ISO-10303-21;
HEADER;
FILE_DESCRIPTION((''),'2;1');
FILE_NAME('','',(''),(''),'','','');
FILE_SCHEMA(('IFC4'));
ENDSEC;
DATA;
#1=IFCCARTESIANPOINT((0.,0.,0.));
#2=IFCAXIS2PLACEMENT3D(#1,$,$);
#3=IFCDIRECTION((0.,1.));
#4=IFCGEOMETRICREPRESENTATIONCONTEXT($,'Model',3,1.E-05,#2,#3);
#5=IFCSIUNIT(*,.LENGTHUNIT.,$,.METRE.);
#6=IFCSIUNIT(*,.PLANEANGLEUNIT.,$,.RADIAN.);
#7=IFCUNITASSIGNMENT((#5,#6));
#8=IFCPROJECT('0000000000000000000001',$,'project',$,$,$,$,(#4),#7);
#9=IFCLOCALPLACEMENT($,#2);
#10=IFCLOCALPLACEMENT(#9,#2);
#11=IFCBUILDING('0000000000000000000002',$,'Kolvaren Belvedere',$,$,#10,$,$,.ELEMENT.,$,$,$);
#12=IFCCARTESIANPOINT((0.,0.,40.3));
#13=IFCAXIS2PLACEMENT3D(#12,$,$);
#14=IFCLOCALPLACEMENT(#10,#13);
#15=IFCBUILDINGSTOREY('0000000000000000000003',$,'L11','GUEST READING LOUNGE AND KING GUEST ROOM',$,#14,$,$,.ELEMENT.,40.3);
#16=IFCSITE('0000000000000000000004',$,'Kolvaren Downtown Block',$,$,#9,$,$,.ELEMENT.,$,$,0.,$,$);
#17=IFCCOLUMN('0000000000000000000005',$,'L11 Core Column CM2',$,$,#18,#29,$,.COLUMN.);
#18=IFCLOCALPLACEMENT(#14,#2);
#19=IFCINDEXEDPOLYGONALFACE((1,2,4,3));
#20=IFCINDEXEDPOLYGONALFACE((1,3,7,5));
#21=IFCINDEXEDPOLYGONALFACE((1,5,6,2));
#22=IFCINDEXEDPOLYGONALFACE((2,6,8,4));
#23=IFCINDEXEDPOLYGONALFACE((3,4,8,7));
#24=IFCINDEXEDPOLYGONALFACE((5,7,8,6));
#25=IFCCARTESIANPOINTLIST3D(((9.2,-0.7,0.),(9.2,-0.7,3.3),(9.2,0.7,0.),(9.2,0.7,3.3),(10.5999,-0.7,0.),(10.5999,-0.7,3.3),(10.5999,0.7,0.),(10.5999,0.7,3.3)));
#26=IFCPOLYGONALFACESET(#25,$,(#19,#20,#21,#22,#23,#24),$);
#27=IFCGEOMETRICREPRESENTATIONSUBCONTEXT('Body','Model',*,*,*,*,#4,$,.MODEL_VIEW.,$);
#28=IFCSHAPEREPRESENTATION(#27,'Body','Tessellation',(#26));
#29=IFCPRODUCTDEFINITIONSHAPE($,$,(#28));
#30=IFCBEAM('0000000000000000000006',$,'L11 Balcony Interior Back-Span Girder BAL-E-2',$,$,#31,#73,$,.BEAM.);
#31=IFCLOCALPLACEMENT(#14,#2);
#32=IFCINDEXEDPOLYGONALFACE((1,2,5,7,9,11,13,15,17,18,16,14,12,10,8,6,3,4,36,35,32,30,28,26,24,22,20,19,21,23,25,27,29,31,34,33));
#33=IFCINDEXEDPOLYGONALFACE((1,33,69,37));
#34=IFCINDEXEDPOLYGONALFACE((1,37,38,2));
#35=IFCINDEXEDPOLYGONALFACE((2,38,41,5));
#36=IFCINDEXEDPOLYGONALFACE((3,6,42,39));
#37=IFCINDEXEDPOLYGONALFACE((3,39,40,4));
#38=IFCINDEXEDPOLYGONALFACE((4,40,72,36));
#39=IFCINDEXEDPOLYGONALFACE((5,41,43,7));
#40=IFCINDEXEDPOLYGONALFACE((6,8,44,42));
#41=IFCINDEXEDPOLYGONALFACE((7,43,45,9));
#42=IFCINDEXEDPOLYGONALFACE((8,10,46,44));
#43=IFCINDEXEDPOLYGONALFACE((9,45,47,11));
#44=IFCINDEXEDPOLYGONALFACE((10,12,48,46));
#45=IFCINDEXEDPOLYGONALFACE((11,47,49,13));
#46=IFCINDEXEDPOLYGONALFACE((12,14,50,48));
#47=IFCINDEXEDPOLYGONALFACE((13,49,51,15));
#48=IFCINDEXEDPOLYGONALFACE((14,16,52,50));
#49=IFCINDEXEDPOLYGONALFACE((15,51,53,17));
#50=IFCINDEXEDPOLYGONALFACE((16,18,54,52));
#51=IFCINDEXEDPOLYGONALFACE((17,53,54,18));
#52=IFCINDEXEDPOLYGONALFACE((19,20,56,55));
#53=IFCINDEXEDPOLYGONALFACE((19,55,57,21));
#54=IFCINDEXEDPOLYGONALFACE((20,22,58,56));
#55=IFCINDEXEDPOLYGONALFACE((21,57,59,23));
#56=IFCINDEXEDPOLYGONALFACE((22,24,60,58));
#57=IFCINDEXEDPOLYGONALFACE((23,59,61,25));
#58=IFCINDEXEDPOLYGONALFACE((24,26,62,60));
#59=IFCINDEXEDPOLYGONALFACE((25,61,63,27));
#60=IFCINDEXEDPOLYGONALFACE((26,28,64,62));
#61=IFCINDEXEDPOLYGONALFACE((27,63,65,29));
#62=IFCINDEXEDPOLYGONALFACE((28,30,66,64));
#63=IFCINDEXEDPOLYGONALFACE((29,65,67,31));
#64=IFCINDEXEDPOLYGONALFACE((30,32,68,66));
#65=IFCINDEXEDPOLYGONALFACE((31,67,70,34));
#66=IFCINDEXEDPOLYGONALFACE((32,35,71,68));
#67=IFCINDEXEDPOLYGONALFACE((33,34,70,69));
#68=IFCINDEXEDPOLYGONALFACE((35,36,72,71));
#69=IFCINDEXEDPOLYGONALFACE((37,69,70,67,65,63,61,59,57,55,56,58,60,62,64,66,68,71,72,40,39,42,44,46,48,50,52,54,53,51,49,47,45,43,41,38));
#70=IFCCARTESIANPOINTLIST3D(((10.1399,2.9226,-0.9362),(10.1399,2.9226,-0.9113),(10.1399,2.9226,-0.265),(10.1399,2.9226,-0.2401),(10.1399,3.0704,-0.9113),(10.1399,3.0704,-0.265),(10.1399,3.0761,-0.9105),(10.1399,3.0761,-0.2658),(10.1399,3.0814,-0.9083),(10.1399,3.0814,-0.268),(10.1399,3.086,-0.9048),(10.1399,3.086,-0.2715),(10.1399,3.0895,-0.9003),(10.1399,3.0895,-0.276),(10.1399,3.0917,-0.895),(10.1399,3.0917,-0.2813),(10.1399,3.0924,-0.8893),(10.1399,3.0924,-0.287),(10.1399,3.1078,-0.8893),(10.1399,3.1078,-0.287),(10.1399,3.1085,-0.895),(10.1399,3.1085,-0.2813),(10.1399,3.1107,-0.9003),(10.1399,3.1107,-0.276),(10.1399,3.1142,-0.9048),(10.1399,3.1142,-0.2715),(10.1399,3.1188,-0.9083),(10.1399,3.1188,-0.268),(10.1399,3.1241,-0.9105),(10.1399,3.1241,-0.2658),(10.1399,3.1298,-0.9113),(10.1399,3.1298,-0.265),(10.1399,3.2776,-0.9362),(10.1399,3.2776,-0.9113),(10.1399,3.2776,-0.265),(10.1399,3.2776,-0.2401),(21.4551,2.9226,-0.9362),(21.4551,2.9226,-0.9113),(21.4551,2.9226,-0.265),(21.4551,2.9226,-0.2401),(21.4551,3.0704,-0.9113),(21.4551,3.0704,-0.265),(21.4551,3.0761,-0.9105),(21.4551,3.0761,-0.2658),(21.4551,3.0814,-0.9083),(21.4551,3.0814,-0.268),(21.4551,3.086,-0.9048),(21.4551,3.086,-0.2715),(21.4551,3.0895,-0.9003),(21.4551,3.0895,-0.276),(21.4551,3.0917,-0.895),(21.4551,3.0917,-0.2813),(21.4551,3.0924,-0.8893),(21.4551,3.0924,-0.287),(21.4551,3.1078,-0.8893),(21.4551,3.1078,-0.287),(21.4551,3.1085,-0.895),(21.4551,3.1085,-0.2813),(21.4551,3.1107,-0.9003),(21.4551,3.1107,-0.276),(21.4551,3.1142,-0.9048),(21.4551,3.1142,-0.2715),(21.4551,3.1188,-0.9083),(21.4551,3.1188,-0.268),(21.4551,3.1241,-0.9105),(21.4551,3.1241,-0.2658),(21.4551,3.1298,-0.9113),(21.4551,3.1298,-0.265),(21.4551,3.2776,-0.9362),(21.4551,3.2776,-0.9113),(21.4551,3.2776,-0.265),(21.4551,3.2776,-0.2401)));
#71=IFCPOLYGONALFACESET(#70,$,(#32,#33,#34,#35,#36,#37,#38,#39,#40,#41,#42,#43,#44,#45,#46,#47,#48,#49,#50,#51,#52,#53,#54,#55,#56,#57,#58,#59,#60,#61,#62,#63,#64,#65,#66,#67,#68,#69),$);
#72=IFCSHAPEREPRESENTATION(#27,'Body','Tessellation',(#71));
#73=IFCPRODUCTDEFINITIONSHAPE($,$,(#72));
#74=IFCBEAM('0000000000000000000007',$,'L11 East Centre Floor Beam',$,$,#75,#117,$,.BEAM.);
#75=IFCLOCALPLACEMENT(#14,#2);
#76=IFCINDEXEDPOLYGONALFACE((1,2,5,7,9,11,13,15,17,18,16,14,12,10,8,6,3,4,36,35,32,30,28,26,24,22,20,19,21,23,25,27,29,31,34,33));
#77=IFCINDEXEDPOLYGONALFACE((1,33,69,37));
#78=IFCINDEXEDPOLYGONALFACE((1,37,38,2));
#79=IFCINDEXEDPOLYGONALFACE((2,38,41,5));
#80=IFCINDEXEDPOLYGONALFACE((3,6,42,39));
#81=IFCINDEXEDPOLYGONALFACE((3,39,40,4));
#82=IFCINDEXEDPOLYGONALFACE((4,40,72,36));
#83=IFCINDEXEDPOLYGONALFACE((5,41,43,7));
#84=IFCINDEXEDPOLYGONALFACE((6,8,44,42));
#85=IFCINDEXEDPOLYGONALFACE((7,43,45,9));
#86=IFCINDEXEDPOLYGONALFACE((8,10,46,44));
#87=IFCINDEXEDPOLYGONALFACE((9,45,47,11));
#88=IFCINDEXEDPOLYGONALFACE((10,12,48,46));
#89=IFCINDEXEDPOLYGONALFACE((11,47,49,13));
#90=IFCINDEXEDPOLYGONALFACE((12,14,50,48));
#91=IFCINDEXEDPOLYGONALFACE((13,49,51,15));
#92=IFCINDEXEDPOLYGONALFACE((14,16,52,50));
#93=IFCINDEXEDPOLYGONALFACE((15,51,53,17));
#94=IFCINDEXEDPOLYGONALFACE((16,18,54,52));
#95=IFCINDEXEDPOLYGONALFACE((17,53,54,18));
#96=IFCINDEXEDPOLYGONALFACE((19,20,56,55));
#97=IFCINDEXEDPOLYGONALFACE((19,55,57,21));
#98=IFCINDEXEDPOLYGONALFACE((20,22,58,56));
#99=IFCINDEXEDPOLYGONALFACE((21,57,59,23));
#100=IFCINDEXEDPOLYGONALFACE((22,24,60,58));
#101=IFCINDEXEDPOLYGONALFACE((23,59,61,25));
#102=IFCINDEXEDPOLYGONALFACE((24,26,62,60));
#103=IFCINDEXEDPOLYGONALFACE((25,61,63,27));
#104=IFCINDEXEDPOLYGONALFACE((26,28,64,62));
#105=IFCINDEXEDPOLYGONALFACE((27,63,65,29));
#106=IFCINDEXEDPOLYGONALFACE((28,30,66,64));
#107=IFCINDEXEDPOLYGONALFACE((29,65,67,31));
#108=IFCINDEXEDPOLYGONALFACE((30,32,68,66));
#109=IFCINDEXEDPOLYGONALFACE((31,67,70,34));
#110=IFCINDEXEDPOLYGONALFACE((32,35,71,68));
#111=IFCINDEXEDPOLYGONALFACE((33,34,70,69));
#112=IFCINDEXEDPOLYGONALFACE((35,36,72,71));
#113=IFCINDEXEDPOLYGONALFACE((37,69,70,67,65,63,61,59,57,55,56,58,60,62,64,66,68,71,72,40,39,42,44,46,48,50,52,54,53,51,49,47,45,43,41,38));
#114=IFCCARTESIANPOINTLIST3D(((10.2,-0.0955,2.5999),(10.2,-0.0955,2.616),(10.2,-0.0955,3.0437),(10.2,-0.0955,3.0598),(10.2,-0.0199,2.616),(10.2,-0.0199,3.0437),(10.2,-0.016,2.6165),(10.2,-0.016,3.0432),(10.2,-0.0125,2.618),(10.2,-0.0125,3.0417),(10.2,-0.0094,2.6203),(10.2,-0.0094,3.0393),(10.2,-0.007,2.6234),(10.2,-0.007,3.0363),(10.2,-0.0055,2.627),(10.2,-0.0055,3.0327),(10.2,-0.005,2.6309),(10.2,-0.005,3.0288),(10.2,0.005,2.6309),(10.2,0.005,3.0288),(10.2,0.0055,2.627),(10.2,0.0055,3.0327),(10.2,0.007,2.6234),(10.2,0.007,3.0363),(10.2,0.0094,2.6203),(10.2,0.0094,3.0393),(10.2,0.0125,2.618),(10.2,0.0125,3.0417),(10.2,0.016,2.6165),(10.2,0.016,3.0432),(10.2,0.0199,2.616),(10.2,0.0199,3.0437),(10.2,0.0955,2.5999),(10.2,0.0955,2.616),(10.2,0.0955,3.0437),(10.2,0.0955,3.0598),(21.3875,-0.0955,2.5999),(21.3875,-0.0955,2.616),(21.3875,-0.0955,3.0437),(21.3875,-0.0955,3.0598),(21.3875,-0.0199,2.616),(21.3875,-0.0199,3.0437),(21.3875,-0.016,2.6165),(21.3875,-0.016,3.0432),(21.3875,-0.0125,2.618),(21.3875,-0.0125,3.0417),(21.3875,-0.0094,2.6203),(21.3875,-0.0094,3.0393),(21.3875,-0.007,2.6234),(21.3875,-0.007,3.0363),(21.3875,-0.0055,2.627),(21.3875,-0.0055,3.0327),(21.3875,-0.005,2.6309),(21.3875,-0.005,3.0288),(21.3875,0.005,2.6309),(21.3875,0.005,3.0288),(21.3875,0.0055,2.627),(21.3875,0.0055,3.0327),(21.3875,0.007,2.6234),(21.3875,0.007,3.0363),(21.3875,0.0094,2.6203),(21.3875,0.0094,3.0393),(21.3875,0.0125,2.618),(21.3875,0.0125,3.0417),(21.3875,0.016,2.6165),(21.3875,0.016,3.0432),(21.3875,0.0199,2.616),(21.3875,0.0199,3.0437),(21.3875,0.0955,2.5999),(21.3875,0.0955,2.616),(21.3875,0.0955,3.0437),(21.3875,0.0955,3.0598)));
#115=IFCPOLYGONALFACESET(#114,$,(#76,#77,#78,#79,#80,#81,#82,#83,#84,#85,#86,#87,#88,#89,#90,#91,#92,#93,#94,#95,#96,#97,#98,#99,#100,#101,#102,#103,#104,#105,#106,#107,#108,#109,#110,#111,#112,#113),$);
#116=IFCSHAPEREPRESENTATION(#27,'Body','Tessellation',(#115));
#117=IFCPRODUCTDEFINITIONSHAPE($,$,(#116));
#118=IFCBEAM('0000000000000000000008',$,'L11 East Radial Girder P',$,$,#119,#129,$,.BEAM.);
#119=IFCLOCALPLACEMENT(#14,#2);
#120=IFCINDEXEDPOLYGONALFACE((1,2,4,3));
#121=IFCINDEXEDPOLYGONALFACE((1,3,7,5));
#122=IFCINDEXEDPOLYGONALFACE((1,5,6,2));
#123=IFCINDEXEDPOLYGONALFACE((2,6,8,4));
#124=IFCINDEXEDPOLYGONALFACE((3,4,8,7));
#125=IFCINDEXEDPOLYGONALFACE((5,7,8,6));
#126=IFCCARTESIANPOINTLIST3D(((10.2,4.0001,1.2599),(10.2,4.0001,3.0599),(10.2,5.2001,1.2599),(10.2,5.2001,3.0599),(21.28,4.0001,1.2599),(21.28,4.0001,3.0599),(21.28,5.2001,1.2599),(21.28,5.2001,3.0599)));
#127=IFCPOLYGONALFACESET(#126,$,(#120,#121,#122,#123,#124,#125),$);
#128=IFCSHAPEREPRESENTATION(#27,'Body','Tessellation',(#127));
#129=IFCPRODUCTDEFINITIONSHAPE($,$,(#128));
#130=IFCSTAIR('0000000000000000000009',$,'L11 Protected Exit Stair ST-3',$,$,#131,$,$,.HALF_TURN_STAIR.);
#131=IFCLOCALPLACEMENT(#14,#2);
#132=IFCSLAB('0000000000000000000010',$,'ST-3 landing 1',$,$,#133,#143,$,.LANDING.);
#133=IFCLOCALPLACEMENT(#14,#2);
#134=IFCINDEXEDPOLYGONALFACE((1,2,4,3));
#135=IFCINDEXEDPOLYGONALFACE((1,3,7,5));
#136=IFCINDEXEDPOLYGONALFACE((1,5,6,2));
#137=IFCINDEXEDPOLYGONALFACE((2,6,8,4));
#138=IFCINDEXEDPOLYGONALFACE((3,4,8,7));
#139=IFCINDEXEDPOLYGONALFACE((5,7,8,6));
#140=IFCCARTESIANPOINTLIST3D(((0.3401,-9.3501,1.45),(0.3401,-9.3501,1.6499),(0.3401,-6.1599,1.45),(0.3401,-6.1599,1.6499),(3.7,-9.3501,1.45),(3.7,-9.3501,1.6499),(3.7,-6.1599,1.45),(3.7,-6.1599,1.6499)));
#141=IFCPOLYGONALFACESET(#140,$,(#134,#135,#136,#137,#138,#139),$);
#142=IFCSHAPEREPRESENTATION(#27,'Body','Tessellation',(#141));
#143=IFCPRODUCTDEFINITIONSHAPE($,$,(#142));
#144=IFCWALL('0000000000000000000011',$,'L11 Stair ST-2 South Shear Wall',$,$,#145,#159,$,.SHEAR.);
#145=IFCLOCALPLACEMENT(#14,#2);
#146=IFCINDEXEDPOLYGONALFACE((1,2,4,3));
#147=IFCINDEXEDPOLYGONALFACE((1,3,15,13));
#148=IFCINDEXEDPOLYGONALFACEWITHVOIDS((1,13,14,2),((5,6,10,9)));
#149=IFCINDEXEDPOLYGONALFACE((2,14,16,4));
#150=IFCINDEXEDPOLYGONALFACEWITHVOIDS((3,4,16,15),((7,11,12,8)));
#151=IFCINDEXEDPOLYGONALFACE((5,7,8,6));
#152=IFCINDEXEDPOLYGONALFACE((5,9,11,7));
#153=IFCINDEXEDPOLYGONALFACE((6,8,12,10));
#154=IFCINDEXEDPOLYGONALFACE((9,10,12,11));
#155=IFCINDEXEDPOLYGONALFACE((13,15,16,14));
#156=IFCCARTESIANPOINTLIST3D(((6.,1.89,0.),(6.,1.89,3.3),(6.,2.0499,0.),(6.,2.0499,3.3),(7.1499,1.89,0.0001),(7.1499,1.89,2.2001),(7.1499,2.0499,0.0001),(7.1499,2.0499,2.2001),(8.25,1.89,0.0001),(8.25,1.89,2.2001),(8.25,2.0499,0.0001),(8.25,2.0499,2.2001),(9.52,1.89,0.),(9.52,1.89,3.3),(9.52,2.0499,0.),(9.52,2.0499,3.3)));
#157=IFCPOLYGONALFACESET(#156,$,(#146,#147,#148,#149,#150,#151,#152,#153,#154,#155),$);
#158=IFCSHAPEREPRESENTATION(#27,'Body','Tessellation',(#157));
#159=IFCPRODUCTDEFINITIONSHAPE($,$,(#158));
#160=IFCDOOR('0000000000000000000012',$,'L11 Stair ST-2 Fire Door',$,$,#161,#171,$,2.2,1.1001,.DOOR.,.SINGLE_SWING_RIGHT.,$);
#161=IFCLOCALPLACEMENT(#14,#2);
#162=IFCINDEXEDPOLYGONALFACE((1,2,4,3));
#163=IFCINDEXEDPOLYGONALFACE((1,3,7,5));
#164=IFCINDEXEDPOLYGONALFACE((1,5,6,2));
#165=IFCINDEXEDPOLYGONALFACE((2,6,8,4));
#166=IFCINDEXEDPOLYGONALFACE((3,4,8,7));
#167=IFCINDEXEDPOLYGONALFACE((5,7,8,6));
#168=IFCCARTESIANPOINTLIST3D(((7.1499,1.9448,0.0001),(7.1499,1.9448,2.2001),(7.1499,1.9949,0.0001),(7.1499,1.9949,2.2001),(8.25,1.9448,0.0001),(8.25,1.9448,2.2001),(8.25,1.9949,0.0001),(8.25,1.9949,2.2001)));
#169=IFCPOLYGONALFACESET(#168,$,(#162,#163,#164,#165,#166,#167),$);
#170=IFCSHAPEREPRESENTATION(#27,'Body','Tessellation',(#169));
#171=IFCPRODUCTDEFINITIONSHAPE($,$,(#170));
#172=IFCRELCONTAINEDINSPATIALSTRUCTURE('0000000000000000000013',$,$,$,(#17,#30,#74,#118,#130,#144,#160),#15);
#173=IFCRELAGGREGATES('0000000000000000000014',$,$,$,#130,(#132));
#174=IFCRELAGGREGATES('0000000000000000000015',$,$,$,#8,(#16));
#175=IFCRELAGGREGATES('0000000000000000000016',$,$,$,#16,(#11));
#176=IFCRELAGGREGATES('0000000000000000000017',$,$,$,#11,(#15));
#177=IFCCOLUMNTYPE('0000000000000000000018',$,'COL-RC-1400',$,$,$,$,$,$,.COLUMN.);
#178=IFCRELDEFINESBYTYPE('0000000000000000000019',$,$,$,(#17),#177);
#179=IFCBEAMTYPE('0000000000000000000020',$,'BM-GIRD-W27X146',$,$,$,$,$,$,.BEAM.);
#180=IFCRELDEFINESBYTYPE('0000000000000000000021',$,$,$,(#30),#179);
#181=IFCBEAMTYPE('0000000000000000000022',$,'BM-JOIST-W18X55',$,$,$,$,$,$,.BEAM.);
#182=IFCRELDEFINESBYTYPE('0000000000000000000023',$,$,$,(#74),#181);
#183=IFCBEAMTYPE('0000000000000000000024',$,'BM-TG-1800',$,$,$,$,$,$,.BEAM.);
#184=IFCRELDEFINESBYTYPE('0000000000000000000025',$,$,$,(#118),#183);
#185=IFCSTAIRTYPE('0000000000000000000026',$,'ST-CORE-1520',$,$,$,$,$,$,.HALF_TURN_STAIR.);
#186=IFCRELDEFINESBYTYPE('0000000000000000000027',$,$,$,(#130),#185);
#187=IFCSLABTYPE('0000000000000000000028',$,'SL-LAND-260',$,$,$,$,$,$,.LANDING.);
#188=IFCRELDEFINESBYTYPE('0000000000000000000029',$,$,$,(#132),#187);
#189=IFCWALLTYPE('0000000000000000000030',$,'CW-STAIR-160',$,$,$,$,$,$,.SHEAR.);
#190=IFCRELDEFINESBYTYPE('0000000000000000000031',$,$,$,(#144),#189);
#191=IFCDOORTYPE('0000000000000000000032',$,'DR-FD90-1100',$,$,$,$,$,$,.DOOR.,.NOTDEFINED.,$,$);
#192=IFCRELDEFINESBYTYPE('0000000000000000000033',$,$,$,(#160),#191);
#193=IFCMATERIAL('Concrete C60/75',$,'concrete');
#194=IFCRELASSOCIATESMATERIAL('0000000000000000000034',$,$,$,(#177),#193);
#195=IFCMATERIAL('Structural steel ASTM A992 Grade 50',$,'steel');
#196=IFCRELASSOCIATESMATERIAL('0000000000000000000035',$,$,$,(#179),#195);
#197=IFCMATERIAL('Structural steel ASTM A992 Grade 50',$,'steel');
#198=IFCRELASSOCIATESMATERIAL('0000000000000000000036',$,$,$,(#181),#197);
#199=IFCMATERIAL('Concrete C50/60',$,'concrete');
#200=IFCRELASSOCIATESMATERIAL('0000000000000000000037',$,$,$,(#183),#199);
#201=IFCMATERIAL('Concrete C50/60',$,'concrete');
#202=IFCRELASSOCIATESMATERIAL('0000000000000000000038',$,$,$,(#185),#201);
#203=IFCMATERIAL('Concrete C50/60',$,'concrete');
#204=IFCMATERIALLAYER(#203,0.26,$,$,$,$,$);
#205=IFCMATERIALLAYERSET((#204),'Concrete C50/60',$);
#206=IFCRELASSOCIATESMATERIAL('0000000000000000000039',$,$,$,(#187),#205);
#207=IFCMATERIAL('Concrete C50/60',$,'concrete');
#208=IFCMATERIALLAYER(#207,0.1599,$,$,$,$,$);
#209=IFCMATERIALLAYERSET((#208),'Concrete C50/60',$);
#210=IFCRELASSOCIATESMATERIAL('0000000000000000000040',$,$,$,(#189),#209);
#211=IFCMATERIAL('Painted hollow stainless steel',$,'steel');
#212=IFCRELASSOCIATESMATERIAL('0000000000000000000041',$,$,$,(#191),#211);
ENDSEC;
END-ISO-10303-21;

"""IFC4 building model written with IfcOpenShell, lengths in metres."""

from ifc_helpers import new_model, si_unit, direction, frame, frame_2d, origin, origin_2d, place, context, subcontext, project, spatial, polyline, rectangle, i_section, outline, extrude, material, layer, layer_set, material_profile, profile_set, type_object, element, fill, aggregate, save


model = new_model("IFC4")

# Units and contexts
model_context = context("Model", 3, precision=1e-05, world=origin(), true_north=direction((0.0, 1.0)))
body_context = subcontext(model_context, "Body", "Model", "MODEL_VIEW")
ifc_project = project(units=[si_unit("LENGTHUNIT", "METRE"), si_unit("PLANEANGLEUNIT", "RADIAN")], contexts=[model_context])

# Site, building, storey
site_placement = place(None, origin())
site = spatial("IfcSite", under=ifc_project, at=site_placement, Name="Kolvaren Downtown Block", CompositionType="ELEMENT", RefElevation=0.0)
building_placement = place(site_placement, origin())
building = spatial("IfcBuilding", under=site, at=building_placement, Name="Kolvaren Belvedere", CompositionType="ELEMENT")
storey_placement = place(building_placement, frame((0.0, 0.0, 40.3)))
storey = spatial("IfcBuildingStorey", under=building, at=storey_placement, Name="L11", Description="GUEST READING LOUNGE AND KING GUEST ROOM", CompositionType="ELEMENT", Elevation=40.3)

# Column
ifc_material_1 = material(Name="Concrete C60/75", Category="concrete")
ifc_material_profile_1 = material_profile(ifc_material_1, rectangle(XDim=1.3999, YDim=1.3999, at=origin_2d()), Name="RC 1400X1400")
ifc_profile_set_1 = profile_set([ifc_material_profile_1], Name="Concrete C60/75")
column_type = type_object("IfcColumnType", Name="COL-RC-1400", PredefinedType="COLUMN", material=ifc_profile_set_1)
column_placement = place(storey_placement, frame((9.8999, 0.0, 0.0), z_axis=(0.0, 0.0, 1.0), x_axis=(1.0, 0.0, 0.0)))
element("IfcColumn", 1, at=column_placement, inside=storey, type_object=column_type, Name="L11 Core Column CM2", PredefinedType="COLUMN", context=body_context, shape_type="SweptSolid", body=[
    extrude(rectangle(XDim=1.3999, YDim=1.3999, at=origin_2d()), origin(), (0.0, 0.0, 1.0), 3.3),
])

# Beams
ifc_material_2 = material(Name="Structural steel ASTM A992 Grade 50", Category="steel")
ifc_material_profile_2 = material_profile(ifc_material_2, i_section(OverallWidth=0.355, OverallDepth=0.696, WebThickness=0.0154, FlangeThickness=0.0249, FilletRadius=0.022, at=origin_2d()), Name="W27X146")
ifc_profile_set_2 = profile_set([ifc_material_profile_2], Name="Structural steel ASTM A992 Grade 50")
beam_type_1 = type_object("IfcBeamType", Name="BM-GIRD-W27X146", PredefinedType="BEAM", material=ifc_profile_set_2)
beam_1_placement = place(storey_placement, frame((10.1399, 3.1001, -0.5881), z_axis=(1.0, 0.0, 0.0), x_axis=(0.0, 1.0, 0.0)))
element("IfcBeam", 2, at=beam_1_placement, inside=storey, type_object=beam_type_1, Name="L11 Balcony Interior Back-Span Girder BAL-E-2", PredefinedType="BEAM", context=body_context, shape_type="SweptSolid", body=[
    extrude(i_section(OverallWidth=0.355, OverallDepth=0.696, WebThickness=0.0154, FlangeThickness=0.0249, FilletRadius=0.022, at=origin_2d()), origin(), (0.0, 0.0, 1.0), 11.3152),
])
ifc_material_3 = material(Name="Structural steel ASTM A992 Grade 50", Category="steel")
ifc_material_profile_3 = material_profile(ifc_material_3, i_section(OverallWidth=0.1909, OverallDepth=0.46, WebThickness=0.01, FlangeThickness=0.0161, FilletRadius=0.0149, at=origin_2d()), Name="W18X55")
ifc_profile_set_3 = profile_set([ifc_material_profile_3], Name="Structural steel ASTM A992 Grade 50")
beam_type_2 = type_object("IfcBeamType", Name="BM-JOIST-W18X55", PredefinedType="BEAM", material=ifc_profile_set_3)
beam_2_placement = place(storey_placement, frame((10.2, 0.0, 2.8298), z_axis=(1.0, 0.0, 0.0), x_axis=(0.0, 1.0, 0.0)))
element("IfcBeam", 3, at=beam_2_placement, inside=storey, type_object=beam_type_2, Name="L11 East Centre Floor Beam", PredefinedType="BEAM", context=body_context, shape_type="SweptSolid", body=[
    extrude(i_section(OverallWidth=0.1909, OverallDepth=0.46, WebThickness=0.01, FlangeThickness=0.0161, FilletRadius=0.0149, at=origin_2d()), origin(), (0.0, 0.0, 1.0), 11.1875),
])
ifc_material_4 = material(Name="Concrete C50/60", Category="concrete")
ifc_material_profile_4 = material_profile(ifc_material_4, rectangle(XDim=1.2, YDim=1.8, at=origin_2d()), Name="RC 1200X1800")
ifc_profile_set_4 = profile_set([ifc_material_profile_4], Name="Concrete C50/60")
beam_type_3 = type_object("IfcBeamType", Name="BM-TG-1800", PredefinedType="BEAM", material=ifc_profile_set_4)
beam_3_placement = place(storey_placement, frame((10.2, 4.6001, 2.1599), z_axis=(1.0, 0.0, 0.0), x_axis=(0.0, 1.0, 0.0)))
element("IfcBeam", 4, at=beam_3_placement, inside=storey, type_object=beam_type_3, Name="L11 East Radial Girder P", PredefinedType="BEAM", context=body_context, shape_type="SweptSolid", body=[
    extrude(rectangle(XDim=1.2, YDim=1.8, at=origin_2d()), origin(), (0.0, 0.0, 1.0), 11.0801),
])

# Stair, slab
ifc_material_5 = material(Name="Concrete C50/60", Category="concrete")
stair_type = type_object("IfcStairType", Name="ST-CORE-1520", PredefinedType="HALF_TURN_STAIR", material=ifc_material_5)
stair_1_placement = place(storey_placement, origin())
stair_1 = element("IfcStair", 5, at=stair_1_placement, inside=storey, type_object=stair_type, Name="L11 Protected Exit Stair ST-3", PredefinedType="HALF_TURN_STAIR")
ifc_material_6 = material(Name="Concrete C50/60", Category="concrete")
ifc_layer_1 = layer(ifc_material_6, 0.26)
ifc_layer_set_1 = layer_set([ifc_layer_1], Name="Concrete C50/60")
slab_type = type_object("IfcSlabType", Name="SL-LAND-260", PredefinedType="LANDING", material=ifc_layer_set_1)
slab_placement = place(storey_placement, frame((0.0, 0.0, 1.45)))
slab = element("IfcSlab", 6, at=slab_placement, type_object=slab_type, Name="ST-3 landing 1", PredefinedType="LANDING", context=body_context, shape_type="SweptSolid", body=[
    extrude(outline(polyline([(0.3401, -9.3501), (3.7, -9.3501), (3.7, -6.1599), (0.3401, -6.1599), (0.3401, -9.3501)])), origin(), (0.0, 0.0, 1.0), 0.2),
])
aggregate(stair_1, [slab])

# Wall, opening, door
ifc_material_7 = material(Name="Concrete C50/60", Category="concrete")
ifc_layer_2 = layer(ifc_material_7, 0.1599)
ifc_layer_set_2 = layer_set([ifc_layer_2], Name="Concrete C50/60")
wall_type_1 = type_object("IfcWallType", Name="CW-STAIR-160", PredefinedType="SHEAR", material=ifc_layer_set_2)
wall_1_placement = place(storey_placement, frame((6.0, 1.97, 0.0), z_axis=(0.0, 0.0, 1.0), x_axis=(1.0, 0.0, 0.0)))
wall_1 = element("IfcWall", 7, at=wall_1_placement, inside=storey, type_object=wall_type_1, Name="L11 Stair ST-2 South Shear Wall", PredefinedType="SHEAR", context=body_context, shape_type="SweptSolid", body=[
    extrude(rectangle(XDim=3.52, YDim=0.1599, at=frame_2d((1.76, 0.0))), origin(), (0.0, 0.0, 1.0), 3.3),
])
opening_1_placement = place(wall_1_placement, frame((1.1499, 0.0, 0.0)))
opening_1 = element("IfcOpeningElement", 8, at=opening_1_placement, cuts=wall_1, PredefinedType="OPENING", context=body_context, shape_type="SweptSolid", body=[
    extrude(rectangle(XDim=1.1001, YDim=2.2, at=frame_2d((0.55, 1.1001))), frame((0.0, 0.0898, 0.0), z_axis=(0.0, -1.0, 0.0), x_axis=(1.0, 0.0, 0.0)), (0.0, 0.0, 1.0), 0.1799),
])
ifc_material_8 = material(Name="Painted hollow stainless steel", Category="steel")
door_type_1 = type_object("IfcDoorType", Name="DR-FD90-1100", OperationType="NOTDEFINED", PredefinedType="DOOR", material=ifc_material_8)
door_1_placement = place(opening_1_placement, origin())
door_1 = element("IfcDoor", 9, at=door_1_placement, inside=storey, type_object=door_type_1, Name="L11 Stair ST-2 Fire Door", OperationType="SINGLE_SWING_RIGHT", OverallHeight=2.2, OverallWidth=1.1001, PredefinedType="DOOR", context=body_context, shape_type="SweptSolid", body=[
    extrude(rectangle(XDim=1.1001, YDim=2.2, at=frame_2d((0.55, 1.1001))), frame((0.0, 0.0249, 0.0), z_axis=(0.0, -1.0, 0.0), x_axis=(1.0, 0.0, 0.0)), (0.0, 0.0, 1.0), 0.05),
])
fill(opening_1, door_1)

save(model, "model.ifc")
